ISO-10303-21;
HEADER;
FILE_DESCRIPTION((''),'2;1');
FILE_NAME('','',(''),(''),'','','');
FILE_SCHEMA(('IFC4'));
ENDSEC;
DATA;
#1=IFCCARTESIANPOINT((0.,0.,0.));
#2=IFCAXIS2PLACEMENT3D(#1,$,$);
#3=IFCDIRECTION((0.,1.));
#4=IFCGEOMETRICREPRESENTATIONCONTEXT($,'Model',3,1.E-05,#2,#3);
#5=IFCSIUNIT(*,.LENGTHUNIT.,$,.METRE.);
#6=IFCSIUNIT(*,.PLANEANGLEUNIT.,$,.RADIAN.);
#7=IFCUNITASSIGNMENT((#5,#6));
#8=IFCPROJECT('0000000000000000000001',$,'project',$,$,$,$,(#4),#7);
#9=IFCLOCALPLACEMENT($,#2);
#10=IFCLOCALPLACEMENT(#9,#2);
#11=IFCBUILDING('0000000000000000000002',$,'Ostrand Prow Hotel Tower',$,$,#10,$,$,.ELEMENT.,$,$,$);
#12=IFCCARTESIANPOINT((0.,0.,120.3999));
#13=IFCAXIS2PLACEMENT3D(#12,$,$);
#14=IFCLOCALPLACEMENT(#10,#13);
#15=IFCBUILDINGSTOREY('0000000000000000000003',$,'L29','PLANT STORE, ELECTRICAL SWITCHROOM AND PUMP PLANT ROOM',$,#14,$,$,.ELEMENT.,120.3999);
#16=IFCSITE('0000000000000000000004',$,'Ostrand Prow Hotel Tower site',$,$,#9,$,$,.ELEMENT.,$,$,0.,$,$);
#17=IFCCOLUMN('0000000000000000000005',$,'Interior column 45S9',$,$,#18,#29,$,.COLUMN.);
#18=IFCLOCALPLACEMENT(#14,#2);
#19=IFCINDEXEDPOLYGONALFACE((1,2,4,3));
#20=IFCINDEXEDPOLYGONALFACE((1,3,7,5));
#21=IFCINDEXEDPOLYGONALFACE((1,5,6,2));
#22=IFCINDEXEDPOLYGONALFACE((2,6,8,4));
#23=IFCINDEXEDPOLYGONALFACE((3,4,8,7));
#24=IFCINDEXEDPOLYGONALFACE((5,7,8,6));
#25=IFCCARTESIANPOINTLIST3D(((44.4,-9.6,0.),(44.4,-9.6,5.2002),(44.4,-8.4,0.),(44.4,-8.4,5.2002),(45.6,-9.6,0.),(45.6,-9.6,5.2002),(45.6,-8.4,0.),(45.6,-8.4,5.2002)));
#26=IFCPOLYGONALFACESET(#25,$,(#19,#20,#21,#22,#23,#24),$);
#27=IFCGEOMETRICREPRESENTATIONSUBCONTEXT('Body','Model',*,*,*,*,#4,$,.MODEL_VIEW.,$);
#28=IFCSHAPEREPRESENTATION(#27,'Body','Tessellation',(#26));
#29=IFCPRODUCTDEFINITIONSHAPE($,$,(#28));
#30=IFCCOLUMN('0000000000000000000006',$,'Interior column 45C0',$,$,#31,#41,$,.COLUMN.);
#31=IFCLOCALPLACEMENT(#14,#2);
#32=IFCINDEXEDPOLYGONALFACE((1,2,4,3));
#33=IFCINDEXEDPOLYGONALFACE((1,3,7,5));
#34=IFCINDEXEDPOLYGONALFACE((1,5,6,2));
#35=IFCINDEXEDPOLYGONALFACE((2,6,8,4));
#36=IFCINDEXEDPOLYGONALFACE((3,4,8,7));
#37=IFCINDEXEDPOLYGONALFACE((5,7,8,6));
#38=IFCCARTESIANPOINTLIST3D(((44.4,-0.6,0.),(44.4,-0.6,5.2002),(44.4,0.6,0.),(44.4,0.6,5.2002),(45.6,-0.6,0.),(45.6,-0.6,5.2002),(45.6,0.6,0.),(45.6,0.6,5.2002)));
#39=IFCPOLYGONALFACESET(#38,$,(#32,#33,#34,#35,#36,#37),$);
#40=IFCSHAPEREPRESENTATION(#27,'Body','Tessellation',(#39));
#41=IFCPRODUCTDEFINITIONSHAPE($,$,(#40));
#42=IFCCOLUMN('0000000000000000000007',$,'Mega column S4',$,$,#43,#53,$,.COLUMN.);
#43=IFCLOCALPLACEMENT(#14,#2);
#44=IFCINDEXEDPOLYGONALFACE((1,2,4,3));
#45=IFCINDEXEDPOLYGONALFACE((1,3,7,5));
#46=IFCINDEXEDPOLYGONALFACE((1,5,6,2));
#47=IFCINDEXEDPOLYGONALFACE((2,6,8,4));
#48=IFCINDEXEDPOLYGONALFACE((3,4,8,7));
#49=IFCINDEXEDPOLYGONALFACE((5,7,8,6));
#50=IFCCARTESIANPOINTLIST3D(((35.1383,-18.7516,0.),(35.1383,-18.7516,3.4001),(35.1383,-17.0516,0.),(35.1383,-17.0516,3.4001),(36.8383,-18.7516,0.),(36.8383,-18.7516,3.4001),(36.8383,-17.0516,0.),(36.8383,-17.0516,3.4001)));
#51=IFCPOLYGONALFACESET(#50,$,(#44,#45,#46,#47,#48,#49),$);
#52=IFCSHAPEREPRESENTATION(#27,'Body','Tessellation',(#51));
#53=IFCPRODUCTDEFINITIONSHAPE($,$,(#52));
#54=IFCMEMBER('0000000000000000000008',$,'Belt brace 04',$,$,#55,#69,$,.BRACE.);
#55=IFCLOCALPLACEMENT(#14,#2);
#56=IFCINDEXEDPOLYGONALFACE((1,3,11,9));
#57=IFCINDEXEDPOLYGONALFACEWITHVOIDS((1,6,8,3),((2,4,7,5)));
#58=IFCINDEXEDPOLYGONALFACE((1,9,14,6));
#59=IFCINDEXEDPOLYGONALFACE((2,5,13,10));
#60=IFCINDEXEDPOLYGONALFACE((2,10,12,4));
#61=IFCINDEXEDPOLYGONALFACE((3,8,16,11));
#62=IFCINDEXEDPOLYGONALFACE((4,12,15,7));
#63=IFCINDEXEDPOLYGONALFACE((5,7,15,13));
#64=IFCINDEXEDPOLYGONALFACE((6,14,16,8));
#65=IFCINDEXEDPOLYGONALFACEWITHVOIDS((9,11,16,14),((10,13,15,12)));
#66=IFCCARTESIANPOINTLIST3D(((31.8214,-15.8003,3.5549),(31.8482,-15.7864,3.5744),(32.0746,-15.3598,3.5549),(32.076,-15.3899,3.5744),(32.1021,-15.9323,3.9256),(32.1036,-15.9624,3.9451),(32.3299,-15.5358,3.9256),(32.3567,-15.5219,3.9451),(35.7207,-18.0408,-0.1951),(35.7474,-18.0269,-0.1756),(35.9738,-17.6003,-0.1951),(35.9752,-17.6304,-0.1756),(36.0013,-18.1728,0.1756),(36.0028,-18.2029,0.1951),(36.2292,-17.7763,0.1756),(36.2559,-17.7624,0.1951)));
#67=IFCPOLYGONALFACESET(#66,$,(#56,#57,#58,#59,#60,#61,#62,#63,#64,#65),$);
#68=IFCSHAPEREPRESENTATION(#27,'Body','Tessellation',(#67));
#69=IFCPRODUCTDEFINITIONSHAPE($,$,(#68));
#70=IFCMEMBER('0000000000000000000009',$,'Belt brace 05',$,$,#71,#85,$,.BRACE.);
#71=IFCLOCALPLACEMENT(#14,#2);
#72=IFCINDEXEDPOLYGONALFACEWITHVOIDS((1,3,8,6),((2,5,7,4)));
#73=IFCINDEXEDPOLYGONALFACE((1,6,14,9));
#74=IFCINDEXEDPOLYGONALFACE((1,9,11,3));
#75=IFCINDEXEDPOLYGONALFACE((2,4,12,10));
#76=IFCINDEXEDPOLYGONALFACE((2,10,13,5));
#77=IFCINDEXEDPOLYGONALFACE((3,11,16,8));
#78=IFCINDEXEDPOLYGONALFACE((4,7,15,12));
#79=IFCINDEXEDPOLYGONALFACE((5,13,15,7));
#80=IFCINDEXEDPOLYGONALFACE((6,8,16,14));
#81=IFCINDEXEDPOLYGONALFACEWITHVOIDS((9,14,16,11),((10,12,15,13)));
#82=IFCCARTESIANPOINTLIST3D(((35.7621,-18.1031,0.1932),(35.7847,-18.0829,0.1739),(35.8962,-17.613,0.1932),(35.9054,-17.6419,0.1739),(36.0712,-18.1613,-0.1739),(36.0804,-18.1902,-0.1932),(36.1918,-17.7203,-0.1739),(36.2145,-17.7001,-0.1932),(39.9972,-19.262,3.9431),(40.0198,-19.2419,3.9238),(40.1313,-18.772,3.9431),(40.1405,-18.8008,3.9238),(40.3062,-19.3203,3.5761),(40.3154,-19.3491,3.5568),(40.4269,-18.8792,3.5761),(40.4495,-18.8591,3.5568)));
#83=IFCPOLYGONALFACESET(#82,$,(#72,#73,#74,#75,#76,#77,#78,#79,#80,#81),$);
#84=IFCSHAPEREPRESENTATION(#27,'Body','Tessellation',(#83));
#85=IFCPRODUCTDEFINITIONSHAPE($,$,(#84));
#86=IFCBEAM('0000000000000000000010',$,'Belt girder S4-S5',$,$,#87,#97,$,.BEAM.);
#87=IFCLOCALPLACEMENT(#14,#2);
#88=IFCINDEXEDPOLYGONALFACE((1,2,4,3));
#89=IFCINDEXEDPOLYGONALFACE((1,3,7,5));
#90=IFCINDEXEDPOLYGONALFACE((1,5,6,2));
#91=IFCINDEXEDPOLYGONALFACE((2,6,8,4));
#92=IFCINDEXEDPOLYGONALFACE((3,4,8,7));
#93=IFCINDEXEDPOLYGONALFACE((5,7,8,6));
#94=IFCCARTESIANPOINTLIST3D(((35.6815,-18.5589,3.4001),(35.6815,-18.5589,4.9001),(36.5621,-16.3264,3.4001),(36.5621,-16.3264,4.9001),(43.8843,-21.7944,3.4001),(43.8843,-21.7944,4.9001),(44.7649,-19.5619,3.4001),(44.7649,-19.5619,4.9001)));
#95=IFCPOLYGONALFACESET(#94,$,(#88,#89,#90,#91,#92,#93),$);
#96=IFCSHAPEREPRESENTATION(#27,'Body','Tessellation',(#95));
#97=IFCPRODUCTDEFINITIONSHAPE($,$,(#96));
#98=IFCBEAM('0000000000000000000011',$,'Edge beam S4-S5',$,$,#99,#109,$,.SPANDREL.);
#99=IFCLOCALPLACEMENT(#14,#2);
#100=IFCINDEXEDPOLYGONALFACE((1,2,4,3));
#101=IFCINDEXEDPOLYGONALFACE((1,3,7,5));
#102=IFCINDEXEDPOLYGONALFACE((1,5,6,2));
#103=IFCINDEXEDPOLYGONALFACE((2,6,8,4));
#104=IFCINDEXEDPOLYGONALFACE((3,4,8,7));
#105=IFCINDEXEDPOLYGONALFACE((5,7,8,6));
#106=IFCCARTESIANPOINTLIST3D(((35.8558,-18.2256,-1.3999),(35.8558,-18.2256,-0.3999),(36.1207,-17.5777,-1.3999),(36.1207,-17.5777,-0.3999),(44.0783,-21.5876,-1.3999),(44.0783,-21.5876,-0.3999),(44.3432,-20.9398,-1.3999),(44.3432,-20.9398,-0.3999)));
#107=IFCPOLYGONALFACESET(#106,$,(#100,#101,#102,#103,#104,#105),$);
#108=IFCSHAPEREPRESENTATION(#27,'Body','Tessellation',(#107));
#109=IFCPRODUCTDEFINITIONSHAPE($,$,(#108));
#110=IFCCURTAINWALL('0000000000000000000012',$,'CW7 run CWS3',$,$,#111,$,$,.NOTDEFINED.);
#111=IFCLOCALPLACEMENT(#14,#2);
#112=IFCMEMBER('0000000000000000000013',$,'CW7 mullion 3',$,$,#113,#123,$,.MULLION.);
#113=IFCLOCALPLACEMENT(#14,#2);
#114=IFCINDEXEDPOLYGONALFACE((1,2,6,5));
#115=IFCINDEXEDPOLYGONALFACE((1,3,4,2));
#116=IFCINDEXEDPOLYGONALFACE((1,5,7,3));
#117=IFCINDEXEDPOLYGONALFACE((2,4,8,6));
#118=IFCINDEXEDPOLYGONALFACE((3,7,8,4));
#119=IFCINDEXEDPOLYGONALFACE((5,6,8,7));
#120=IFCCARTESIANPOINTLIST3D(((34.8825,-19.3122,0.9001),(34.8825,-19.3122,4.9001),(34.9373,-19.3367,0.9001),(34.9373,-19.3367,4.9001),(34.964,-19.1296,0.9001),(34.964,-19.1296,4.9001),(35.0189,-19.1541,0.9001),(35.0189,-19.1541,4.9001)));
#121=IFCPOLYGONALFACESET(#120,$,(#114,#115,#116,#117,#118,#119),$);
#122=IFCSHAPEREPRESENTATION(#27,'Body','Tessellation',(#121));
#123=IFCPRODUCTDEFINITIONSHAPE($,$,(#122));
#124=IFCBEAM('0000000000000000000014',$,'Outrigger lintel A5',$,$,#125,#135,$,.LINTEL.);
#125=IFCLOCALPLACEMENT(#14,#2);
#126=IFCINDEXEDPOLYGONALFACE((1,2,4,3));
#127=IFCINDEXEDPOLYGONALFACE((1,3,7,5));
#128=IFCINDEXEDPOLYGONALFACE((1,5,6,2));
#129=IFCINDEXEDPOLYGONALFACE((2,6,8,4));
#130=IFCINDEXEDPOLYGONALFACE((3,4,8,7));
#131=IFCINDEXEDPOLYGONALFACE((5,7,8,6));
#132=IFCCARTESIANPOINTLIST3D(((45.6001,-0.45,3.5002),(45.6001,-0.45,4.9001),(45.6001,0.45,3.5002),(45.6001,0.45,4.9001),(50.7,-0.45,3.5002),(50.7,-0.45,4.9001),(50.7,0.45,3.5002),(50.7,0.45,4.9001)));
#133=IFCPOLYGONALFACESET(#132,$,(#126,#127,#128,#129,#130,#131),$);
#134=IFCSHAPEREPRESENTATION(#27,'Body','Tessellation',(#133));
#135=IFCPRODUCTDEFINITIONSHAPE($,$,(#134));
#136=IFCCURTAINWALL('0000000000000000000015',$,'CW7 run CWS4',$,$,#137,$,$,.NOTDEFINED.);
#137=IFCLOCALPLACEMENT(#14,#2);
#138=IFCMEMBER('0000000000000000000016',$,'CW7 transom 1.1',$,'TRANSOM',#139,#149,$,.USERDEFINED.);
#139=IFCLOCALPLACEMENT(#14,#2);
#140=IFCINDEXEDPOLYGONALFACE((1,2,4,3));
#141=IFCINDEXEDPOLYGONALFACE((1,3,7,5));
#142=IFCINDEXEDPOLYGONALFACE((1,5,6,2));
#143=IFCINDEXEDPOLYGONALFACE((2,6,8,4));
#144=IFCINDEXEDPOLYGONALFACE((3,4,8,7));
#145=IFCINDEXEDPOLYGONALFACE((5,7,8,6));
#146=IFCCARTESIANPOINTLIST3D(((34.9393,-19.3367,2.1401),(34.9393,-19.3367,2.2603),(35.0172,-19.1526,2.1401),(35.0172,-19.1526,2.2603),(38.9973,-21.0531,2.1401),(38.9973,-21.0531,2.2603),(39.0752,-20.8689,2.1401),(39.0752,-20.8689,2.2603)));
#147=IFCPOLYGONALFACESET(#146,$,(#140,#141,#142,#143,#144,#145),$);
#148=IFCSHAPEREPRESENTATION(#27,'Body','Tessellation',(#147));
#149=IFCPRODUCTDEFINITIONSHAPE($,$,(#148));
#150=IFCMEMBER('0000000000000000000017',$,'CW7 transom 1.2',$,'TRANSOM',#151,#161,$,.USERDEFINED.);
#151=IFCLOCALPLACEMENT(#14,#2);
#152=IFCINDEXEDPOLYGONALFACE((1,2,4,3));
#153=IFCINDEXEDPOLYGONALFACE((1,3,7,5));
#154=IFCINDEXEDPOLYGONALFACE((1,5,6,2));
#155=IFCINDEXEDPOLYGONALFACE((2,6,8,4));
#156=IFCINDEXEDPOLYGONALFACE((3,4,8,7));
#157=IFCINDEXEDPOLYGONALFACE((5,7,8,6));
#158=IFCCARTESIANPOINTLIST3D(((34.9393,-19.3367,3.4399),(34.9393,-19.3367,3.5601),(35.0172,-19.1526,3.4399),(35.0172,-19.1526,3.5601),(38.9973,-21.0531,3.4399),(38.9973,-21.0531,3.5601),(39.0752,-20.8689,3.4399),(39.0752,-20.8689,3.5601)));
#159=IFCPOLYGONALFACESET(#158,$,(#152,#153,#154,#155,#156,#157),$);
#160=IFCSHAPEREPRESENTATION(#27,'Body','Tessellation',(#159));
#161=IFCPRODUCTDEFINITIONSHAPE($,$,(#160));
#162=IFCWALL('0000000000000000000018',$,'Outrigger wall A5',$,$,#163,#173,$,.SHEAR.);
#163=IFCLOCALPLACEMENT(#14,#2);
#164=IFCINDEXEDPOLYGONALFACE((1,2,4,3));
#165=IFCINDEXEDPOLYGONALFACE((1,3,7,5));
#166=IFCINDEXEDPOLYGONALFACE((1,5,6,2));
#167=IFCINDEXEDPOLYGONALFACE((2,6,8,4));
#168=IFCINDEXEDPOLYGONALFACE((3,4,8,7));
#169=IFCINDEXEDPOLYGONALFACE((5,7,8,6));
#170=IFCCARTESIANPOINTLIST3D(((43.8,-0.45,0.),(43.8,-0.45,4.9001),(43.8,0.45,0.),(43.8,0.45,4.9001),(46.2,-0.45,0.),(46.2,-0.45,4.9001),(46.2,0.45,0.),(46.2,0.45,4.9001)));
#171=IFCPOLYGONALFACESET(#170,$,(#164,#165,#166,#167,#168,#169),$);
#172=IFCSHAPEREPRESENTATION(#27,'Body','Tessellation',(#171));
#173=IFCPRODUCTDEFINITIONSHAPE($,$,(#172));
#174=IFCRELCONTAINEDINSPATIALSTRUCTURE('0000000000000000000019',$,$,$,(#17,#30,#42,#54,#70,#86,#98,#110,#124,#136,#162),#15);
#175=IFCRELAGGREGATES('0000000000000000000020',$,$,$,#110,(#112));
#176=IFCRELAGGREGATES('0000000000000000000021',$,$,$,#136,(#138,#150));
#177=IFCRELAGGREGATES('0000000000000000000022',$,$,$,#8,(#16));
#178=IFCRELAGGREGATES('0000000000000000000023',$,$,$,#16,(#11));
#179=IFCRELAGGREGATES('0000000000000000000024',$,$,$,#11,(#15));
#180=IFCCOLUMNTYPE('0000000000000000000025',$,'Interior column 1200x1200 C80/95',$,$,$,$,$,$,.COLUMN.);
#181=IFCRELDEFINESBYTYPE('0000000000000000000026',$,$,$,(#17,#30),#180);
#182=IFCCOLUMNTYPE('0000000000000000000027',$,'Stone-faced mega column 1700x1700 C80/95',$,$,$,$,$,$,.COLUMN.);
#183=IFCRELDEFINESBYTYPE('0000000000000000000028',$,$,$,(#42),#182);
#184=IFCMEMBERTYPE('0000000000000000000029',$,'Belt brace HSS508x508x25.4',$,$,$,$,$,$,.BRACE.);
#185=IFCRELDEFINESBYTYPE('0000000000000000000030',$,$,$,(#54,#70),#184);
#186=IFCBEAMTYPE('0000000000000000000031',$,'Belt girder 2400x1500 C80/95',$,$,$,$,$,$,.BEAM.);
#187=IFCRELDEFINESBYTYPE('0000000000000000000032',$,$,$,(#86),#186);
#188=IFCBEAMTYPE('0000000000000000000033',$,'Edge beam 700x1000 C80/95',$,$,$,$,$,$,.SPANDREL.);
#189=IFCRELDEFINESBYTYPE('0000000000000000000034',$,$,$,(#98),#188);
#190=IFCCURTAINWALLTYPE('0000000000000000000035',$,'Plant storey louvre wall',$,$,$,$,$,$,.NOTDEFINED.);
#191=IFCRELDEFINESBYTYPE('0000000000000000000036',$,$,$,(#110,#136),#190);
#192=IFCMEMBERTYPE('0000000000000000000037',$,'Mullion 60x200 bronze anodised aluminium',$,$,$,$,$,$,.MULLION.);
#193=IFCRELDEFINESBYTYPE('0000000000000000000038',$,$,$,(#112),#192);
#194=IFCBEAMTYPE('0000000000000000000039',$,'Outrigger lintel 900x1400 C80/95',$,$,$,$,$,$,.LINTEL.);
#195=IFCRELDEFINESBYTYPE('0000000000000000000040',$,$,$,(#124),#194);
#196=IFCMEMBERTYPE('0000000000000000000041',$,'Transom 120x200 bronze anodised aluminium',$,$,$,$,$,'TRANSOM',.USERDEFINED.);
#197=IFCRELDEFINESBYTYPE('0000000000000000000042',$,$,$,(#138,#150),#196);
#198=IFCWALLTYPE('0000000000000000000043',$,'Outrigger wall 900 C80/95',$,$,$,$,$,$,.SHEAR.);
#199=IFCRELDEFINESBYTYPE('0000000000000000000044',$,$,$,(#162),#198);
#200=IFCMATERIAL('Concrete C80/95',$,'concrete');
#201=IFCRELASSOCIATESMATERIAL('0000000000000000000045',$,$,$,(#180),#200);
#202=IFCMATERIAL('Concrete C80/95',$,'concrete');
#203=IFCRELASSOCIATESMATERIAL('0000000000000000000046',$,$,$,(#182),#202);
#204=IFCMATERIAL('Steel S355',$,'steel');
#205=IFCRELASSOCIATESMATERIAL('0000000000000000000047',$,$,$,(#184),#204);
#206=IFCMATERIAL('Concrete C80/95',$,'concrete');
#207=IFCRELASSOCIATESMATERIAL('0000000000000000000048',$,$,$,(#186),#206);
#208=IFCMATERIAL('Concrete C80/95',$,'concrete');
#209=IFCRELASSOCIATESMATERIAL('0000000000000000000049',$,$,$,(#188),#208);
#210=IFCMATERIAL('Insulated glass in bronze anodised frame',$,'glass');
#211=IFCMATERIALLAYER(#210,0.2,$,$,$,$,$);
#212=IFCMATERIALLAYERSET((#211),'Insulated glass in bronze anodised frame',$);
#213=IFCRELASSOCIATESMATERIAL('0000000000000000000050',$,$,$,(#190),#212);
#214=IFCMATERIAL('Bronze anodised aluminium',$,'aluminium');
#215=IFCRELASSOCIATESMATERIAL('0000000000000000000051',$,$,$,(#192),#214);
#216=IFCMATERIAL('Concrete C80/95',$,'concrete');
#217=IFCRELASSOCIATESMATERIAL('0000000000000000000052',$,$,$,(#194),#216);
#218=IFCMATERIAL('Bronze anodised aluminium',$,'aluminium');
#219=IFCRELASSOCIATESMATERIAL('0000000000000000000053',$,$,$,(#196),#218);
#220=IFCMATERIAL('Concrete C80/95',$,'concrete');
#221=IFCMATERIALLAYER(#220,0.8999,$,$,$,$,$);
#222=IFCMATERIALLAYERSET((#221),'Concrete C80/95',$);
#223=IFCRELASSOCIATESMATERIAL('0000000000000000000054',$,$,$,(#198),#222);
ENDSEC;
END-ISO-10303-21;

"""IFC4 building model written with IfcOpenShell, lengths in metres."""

from ifc_helpers import new_model, si_unit, direction, frame, frame_2d, origin, origin_2d, place, context, subcontext, project, spatial, rectangle, hollow_rectangle, extrude, material, layer, layer_set, material_profile, profile_set, type_object, element, aggregate, save


model = new_model("IFC4")

# Units and contexts
model_context = context("Model", 3, precision=1e-05, world=origin(), true_north=direction((0.0, 1.0)))
body_context = subcontext(model_context, "Body", "Model", "MODEL_VIEW")
ifc_project = project(units=[si_unit("LENGTHUNIT", "METRE"), si_unit("PLANEANGLEUNIT", "RADIAN")], contexts=[model_context])

# Site, building, storey
site_placement = place(None, origin())
site = spatial("IfcSite", under=ifc_project, at=site_placement, Name="Ostrand Prow Hotel Tower site", CompositionType="ELEMENT", RefElevation=0.0)
building_placement = place(site_placement, origin())
building = spatial("IfcBuilding", under=site, at=building_placement, Name="Ostrand Prow Hotel Tower", CompositionType="ELEMENT")
storey_placement = place(building_placement, frame((0.0, 0.0, 120.3999)))
storey = spatial("IfcBuildingStorey", under=building, at=storey_placement, Name="L29", Description="PLANT STORE, ELECTRICAL SWITCHROOM AND PUMP PLANT ROOM", CompositionType="ELEMENT", Elevation=120.3999)

# Columns
ifc_material_1 = material(Name="Concrete C80/95", Category="concrete")
ifc_material_profile_1 = material_profile(ifc_material_1, rectangle(XDim=1.2, YDim=1.2, at=origin_2d()), Name="RC 1200x1200")
ifc_profile_set_1 = profile_set([ifc_material_profile_1], Name="Concrete C80/95")
column_type_1 = type_object("IfcColumnType", Name="Interior column 1200x1200 C80/95", PredefinedType="COLUMN", material=ifc_profile_set_1)
for number, where, z_axis, x_axis, name in (
    (1, (45.0, -9.0, 0.0), (0.0, 0.0, 1.0), (1.0, 0.0, 0.0), "Interior column 45S9"),
    (2, (45.0, 0.0, 0.0), (0.0, 0.0, 1.0), (1.0, 0.0, 0.0), "Interior column 45C0"),
):
    element("IfcColumn", number, at=place(storey_placement, frame(where, z_axis=z_axis, x_axis=x_axis)), inside=storey, type_object=column_type_1, Name=name, PredefinedType="COLUMN", context=body_context, shape_type="SweptSolid", body=[
        extrude(rectangle(XDim=1.2, YDim=1.2, at=origin_2d()), origin(), (0.0, 0.0, 1.0), 5.2002),
    ])
ifc_material_2 = material(Name="Concrete C80/95", Category="concrete")
ifc_material_profile_2 = material_profile(ifc_material_2, rectangle(XDim=1.7, YDim=1.7, at=origin_2d()), Name="RC 1700x1700")
ifc_profile_set_2 = profile_set([ifc_material_profile_2], Name="Concrete C80/95")
column_type_2 = type_object("IfcColumnType", Name="Stone-faced mega column 1700x1700 C80/95", PredefinedType="COLUMN", material=ifc_profile_set_2)
column_placement = place(storey_placement, frame((35.9883, -17.9016, 0.0), z_axis=(0.0, 0.0, 1.0), x_axis=(1.0, 0.0, 0.0)))
element("IfcColumn", 3, at=column_placement, inside=storey, type_object=column_type_2, Name="Mega column S4", PredefinedType="COLUMN", context=body_context, shape_type="SweptSolid", body=[
    extrude(rectangle(XDim=1.7, YDim=1.7, at=origin_2d()), origin(), (0.0, 0.0, 1.0), 3.4001),
])

# Members
ifc_material_3 = material(Name="Steel S355", Category="steel")
ifc_material_profile_3 = material_profile(ifc_material_3, hollow_rectangle(XDim=0.5081, YDim=0.5081, WallThickness=0.0254, at=origin_2d()), Name="HSS508x508x25.4")
ifc_profile_set_3 = profile_set([ifc_material_profile_3], Name="Steel S355")
member_type_1 = type_object("IfcMemberType", Name="Belt brace HSS508x508x25.4", PredefinedType="BRACE", material=ifc_profile_set_3)
member_1_placement = place(storey_placement, frame((35.9883, -17.9016, 0.0), z_axis=(-0.665909, 0.382634, 0.640434), x_axis=(-0.498213, -0.867055, 0.0)))
element("IfcMember", 4, at=member_1_placement, inside=storey, type_object=member_type_1, Name="Belt brace 04", PredefinedType="BRACE", context=body_context, shape_type="SweptSolid", body=[
    extrude(hollow_rectangle(XDim=0.5081, YDim=0.5081, WallThickness=0.0254, at=origin_2d()), origin(), (0.0, 0.0, 1.0), 5.8555),
])
member_2_placement = place(storey_placement, frame((35.9883, -17.9016, 0.0), z_axis=(0.733449, -0.200708, 0.649437), x_axis=(0.263945, 0.964538, 0.0)))
element("IfcMember", 5, at=member_2_placement, inside=storey, type_object=member_type_1, Name="Belt brace 05", PredefinedType="BRACE", context=body_context, shape_type="SweptSolid", body=[
    extrude(hollow_rectangle(XDim=0.5081, YDim=0.5081, WallThickness=0.0254, at=origin_2d()), origin(), (0.0, 0.0, 1.0), 5.7742),
])

# Beams
ifc_material_4 = material(Name="Concrete C80/95", Category="concrete")
ifc_material_profile_4 = material_profile(ifc_material_4, rectangle(XDim=2.3999, YDim=1.5, at=origin_2d()), Name="RC 2400x1500")
ifc_profile_set_4 = profile_set([ifc_material_profile_4], Name="Concrete C80/95")
beam_type_1 = type_object("IfcBeamType", Name="Belt girder 2400x1500 C80/95", PredefinedType="BEAM", material=ifc_profile_set_4)
beam_1_placement = place(storey_placement, frame((36.1218, -17.4426, 4.1501), z_axis=(0.930248, -0.366933, 0.0), x_axis=(0.366933, 0.930248, 0.0)))
element("IfcBeam", 6, at=beam_1_placement, inside=storey, type_object=beam_type_1, Name="Belt girder S4-S5", PredefinedType="BEAM", context=body_context, shape_type="SweptSolid", body=[
    extrude(rectangle(XDim=2.3999, YDim=1.5, at=origin_2d()), origin(), (0.0, 0.0, 1.0), 8.8179),
])
ifc_material_5 = material(Name="Concrete C80/95", Category="concrete")
ifc_material_profile_5 = material_profile(ifc_material_5, rectangle(XDim=0.7, YDim=1.0, at=origin_2d()), Name="RC 700x1000")
ifc_profile_set_5 = profile_set([ifc_material_profile_5], Name="Concrete C80/95")
beam_type_2 = type_object("IfcBeamType", Name="Edge beam 700x1000 C80/95", PredefinedType="SPANDREL", material=ifc_profile_set_5)
beam_2_placement = place(storey_placement, frame((35.9883, -17.9016, -0.8999), z_axis=(0.925612, -0.378473, 0.0), x_axis=(0.378473, 0.925612, 0.0)))
element("IfcBeam", 7, at=beam_2_placement, inside=storey, type_object=beam_type_2, Name="Edge beam S4-S5", PredefinedType="SPANDREL", context=body_context, shape_type="SweptSolid", body=[
    extrude(rectangle(XDim=0.7, YDim=1.0, at=origin_2d()), origin(), (0.0, 0.0, 1.0), 8.8833),
])

# Curtain wall, member
ifc_material_6 = material(Name="Insulated glass in bronze anodised frame", Category="glass")
ifc_layer_1 = layer(ifc_material_6, 0.2)
ifc_layer_set_1 = layer_set([ifc_layer_1], Name="Insulated glass in bronze anodised frame")
curtain_wall_type = type_object("IfcCurtainWallType", Name="Plant storey louvre wall", PredefinedType="NOTDEFINED", material=ifc_layer_set_1)
curtain_wall_1_placement = place(storey_placement, origin())
curtain_wall_1 = element("IfcCurtainWall", 8, at=curtain_wall_1_placement, inside=storey, type_object=curtain_wall_type, Name="CW7 run CWS3", PredefinedType="NOTDEFINED")
ifc_material_7 = material(Name="Bronze anodised aluminium", Category="aluminium")
ifc_material_profile_6 = material_profile(ifc_material_7, rectangle(XDim=0.2, YDim=0.0601, at=origin_2d()), Name="Mullion 60x200 bronze anodised aluminium")
ifc_profile_set_6 = profile_set([ifc_material_profile_6], Name="Bronze anodised aluminium")
member_type_2 = type_object("IfcMemberType", Name="Mullion 60x200 bronze anodised aluminium", PredefinedType="MULLION", material=ifc_profile_set_6)
member_3_placement = place(storey_placement, frame((34.9507, -19.2332, 0.9001), z_axis=(0.0, 0.0, 1.0), x_axis=(0.407875, 0.913038, 0.0)))
member_3 = element("IfcMember", 9, at=member_3_placement, type_object=member_type_2, Name="CW7 mullion 3", PredefinedType="MULLION", context=body_context, shape_type="SweptSolid", body=[
    extrude(rectangle(XDim=0.2, YDim=0.0601, at=origin_2d()), origin(), (0.0, 0.0, 1.0), 4.0),
])
aggregate(curtain_wall_1, [member_3])

# Beam
ifc_material_8 = material(Name="Concrete C80/95", Category="concrete")
ifc_material_profile_7 = material_profile(ifc_material_8, rectangle(XDim=0.8999, YDim=1.3999, at=origin_2d()), Name="RC 900x1400")
ifc_profile_set_7 = profile_set([ifc_material_profile_7], Name="Concrete C80/95")
beam_type_3 = type_object("IfcBeamType", Name="Outrigger lintel 900x1400 C80/95", PredefinedType="LINTEL", material=ifc_profile_set_7)
beam_3_placement = place(storey_placement, frame((45.6001, 0.0, 4.2002), z_axis=(1.0, 0.0, 0.0), x_axis=(0.0, 1.0, 0.0)))
element("IfcBeam", 10, at=beam_3_placement, inside=storey, type_object=beam_type_3, Name="Outrigger lintel A5", PredefinedType="LINTEL", context=body_context, shape_type="SweptSolid", body=[
    extrude(rectangle(XDim=0.8999, YDim=1.3999, at=origin_2d()), origin(), (0.0, 0.0, 1.0), 5.0999),
])

# Curtain wall, members
curtain_wall_2_placement = place(storey_placement, origin())
curtain_wall_2 = element("IfcCurtainWall", 11, at=curtain_wall_2_placement, inside=storey, type_object=curtain_wall_type, Name="CW7 run CWS4", PredefinedType="NOTDEFINED")
ifc_material_9 = material(Name="Bronze anodised aluminium", Category="aluminium")
ifc_material_profile_8 = material_profile(ifc_material_9, rectangle(XDim=0.2, YDim=0.1201, at=origin_2d()), Name="Transom 120x200 bronze anodised aluminium")
ifc_profile_set_8 = profile_set([ifc_material_profile_8], Name="Bronze anodised aluminium")
member_type_3 = type_object("IfcMemberType", Name="Transom 120x200 bronze anodised aluminium", ElementType="TRANSOM", PredefinedType="USERDEFINED", material=ifc_profile_set_8)
member_4_placement = place(storey_placement, frame((34.9783, -19.2446, 2.2002), z_axis=(0.921006, -0.389548, 0.0), x_axis=(0.389548, 0.921006, 0.0)))
member_4 = element("IfcMember", 12, at=member_4_placement, type_object=member_type_3, Name="CW7 transom 1.1", ObjectType="TRANSOM", PredefinedType="USERDEFINED", context=body_context, shape_type="SweptSolid", body=[
    extrude(rectangle(XDim=0.2, YDim=0.1201, at=origin_2d()), origin(), (0.0, 0.0, 1.0), 4.406),
])
member_5_placement = place(storey_placement, frame((34.9783, -19.2446, 3.5), z_axis=(0.921006, -0.389548, 0.0), x_axis=(0.389548, 0.921006, 0.0)))
member_5 = element("IfcMember", 13, at=member_5_placement, type_object=member_type_3, Name="CW7 transom 1.2", ObjectType="TRANSOM", PredefinedType="USERDEFINED", context=body_context, shape_type="SweptSolid", body=[
    extrude(rectangle(XDim=0.2, YDim=0.1201, at=origin_2d()), origin(), (0.0, 0.0, 1.0), 4.406),
])
aggregate(curtain_wall_2, [member_4, member_5])

# Wall
ifc_material_10 = material(Name="Concrete C80/95", Category="concrete")
ifc_layer_2 = layer(ifc_material_10, 0.8999)
ifc_layer_set_2 = layer_set([ifc_layer_2], Name="Concrete C80/95")
wall_type_1 = type_object("IfcWallType", Name="Outrigger wall 900 C80/95", PredefinedType="SHEAR", material=ifc_layer_set_2)
wall_1_placement = place(storey_placement, frame((43.8, 0.0, 0.0), z_axis=(0.0, 0.0, 1.0), x_axis=(1.0, 0.0, 0.0)))
element("IfcWall", 14, at=wall_1_placement, inside=storey, type_object=wall_type_1, Name="Outrigger wall A5", PredefinedType="SHEAR", context=body_context, shape_type="SweptSolid", body=[
    extrude(rectangle(XDim=2.3999, YDim=0.8999, at=frame_2d((1.2, 0.0))), origin(), (0.0, 0.0, 1.0), 4.9001),
])

save(model, "model.ifc")
